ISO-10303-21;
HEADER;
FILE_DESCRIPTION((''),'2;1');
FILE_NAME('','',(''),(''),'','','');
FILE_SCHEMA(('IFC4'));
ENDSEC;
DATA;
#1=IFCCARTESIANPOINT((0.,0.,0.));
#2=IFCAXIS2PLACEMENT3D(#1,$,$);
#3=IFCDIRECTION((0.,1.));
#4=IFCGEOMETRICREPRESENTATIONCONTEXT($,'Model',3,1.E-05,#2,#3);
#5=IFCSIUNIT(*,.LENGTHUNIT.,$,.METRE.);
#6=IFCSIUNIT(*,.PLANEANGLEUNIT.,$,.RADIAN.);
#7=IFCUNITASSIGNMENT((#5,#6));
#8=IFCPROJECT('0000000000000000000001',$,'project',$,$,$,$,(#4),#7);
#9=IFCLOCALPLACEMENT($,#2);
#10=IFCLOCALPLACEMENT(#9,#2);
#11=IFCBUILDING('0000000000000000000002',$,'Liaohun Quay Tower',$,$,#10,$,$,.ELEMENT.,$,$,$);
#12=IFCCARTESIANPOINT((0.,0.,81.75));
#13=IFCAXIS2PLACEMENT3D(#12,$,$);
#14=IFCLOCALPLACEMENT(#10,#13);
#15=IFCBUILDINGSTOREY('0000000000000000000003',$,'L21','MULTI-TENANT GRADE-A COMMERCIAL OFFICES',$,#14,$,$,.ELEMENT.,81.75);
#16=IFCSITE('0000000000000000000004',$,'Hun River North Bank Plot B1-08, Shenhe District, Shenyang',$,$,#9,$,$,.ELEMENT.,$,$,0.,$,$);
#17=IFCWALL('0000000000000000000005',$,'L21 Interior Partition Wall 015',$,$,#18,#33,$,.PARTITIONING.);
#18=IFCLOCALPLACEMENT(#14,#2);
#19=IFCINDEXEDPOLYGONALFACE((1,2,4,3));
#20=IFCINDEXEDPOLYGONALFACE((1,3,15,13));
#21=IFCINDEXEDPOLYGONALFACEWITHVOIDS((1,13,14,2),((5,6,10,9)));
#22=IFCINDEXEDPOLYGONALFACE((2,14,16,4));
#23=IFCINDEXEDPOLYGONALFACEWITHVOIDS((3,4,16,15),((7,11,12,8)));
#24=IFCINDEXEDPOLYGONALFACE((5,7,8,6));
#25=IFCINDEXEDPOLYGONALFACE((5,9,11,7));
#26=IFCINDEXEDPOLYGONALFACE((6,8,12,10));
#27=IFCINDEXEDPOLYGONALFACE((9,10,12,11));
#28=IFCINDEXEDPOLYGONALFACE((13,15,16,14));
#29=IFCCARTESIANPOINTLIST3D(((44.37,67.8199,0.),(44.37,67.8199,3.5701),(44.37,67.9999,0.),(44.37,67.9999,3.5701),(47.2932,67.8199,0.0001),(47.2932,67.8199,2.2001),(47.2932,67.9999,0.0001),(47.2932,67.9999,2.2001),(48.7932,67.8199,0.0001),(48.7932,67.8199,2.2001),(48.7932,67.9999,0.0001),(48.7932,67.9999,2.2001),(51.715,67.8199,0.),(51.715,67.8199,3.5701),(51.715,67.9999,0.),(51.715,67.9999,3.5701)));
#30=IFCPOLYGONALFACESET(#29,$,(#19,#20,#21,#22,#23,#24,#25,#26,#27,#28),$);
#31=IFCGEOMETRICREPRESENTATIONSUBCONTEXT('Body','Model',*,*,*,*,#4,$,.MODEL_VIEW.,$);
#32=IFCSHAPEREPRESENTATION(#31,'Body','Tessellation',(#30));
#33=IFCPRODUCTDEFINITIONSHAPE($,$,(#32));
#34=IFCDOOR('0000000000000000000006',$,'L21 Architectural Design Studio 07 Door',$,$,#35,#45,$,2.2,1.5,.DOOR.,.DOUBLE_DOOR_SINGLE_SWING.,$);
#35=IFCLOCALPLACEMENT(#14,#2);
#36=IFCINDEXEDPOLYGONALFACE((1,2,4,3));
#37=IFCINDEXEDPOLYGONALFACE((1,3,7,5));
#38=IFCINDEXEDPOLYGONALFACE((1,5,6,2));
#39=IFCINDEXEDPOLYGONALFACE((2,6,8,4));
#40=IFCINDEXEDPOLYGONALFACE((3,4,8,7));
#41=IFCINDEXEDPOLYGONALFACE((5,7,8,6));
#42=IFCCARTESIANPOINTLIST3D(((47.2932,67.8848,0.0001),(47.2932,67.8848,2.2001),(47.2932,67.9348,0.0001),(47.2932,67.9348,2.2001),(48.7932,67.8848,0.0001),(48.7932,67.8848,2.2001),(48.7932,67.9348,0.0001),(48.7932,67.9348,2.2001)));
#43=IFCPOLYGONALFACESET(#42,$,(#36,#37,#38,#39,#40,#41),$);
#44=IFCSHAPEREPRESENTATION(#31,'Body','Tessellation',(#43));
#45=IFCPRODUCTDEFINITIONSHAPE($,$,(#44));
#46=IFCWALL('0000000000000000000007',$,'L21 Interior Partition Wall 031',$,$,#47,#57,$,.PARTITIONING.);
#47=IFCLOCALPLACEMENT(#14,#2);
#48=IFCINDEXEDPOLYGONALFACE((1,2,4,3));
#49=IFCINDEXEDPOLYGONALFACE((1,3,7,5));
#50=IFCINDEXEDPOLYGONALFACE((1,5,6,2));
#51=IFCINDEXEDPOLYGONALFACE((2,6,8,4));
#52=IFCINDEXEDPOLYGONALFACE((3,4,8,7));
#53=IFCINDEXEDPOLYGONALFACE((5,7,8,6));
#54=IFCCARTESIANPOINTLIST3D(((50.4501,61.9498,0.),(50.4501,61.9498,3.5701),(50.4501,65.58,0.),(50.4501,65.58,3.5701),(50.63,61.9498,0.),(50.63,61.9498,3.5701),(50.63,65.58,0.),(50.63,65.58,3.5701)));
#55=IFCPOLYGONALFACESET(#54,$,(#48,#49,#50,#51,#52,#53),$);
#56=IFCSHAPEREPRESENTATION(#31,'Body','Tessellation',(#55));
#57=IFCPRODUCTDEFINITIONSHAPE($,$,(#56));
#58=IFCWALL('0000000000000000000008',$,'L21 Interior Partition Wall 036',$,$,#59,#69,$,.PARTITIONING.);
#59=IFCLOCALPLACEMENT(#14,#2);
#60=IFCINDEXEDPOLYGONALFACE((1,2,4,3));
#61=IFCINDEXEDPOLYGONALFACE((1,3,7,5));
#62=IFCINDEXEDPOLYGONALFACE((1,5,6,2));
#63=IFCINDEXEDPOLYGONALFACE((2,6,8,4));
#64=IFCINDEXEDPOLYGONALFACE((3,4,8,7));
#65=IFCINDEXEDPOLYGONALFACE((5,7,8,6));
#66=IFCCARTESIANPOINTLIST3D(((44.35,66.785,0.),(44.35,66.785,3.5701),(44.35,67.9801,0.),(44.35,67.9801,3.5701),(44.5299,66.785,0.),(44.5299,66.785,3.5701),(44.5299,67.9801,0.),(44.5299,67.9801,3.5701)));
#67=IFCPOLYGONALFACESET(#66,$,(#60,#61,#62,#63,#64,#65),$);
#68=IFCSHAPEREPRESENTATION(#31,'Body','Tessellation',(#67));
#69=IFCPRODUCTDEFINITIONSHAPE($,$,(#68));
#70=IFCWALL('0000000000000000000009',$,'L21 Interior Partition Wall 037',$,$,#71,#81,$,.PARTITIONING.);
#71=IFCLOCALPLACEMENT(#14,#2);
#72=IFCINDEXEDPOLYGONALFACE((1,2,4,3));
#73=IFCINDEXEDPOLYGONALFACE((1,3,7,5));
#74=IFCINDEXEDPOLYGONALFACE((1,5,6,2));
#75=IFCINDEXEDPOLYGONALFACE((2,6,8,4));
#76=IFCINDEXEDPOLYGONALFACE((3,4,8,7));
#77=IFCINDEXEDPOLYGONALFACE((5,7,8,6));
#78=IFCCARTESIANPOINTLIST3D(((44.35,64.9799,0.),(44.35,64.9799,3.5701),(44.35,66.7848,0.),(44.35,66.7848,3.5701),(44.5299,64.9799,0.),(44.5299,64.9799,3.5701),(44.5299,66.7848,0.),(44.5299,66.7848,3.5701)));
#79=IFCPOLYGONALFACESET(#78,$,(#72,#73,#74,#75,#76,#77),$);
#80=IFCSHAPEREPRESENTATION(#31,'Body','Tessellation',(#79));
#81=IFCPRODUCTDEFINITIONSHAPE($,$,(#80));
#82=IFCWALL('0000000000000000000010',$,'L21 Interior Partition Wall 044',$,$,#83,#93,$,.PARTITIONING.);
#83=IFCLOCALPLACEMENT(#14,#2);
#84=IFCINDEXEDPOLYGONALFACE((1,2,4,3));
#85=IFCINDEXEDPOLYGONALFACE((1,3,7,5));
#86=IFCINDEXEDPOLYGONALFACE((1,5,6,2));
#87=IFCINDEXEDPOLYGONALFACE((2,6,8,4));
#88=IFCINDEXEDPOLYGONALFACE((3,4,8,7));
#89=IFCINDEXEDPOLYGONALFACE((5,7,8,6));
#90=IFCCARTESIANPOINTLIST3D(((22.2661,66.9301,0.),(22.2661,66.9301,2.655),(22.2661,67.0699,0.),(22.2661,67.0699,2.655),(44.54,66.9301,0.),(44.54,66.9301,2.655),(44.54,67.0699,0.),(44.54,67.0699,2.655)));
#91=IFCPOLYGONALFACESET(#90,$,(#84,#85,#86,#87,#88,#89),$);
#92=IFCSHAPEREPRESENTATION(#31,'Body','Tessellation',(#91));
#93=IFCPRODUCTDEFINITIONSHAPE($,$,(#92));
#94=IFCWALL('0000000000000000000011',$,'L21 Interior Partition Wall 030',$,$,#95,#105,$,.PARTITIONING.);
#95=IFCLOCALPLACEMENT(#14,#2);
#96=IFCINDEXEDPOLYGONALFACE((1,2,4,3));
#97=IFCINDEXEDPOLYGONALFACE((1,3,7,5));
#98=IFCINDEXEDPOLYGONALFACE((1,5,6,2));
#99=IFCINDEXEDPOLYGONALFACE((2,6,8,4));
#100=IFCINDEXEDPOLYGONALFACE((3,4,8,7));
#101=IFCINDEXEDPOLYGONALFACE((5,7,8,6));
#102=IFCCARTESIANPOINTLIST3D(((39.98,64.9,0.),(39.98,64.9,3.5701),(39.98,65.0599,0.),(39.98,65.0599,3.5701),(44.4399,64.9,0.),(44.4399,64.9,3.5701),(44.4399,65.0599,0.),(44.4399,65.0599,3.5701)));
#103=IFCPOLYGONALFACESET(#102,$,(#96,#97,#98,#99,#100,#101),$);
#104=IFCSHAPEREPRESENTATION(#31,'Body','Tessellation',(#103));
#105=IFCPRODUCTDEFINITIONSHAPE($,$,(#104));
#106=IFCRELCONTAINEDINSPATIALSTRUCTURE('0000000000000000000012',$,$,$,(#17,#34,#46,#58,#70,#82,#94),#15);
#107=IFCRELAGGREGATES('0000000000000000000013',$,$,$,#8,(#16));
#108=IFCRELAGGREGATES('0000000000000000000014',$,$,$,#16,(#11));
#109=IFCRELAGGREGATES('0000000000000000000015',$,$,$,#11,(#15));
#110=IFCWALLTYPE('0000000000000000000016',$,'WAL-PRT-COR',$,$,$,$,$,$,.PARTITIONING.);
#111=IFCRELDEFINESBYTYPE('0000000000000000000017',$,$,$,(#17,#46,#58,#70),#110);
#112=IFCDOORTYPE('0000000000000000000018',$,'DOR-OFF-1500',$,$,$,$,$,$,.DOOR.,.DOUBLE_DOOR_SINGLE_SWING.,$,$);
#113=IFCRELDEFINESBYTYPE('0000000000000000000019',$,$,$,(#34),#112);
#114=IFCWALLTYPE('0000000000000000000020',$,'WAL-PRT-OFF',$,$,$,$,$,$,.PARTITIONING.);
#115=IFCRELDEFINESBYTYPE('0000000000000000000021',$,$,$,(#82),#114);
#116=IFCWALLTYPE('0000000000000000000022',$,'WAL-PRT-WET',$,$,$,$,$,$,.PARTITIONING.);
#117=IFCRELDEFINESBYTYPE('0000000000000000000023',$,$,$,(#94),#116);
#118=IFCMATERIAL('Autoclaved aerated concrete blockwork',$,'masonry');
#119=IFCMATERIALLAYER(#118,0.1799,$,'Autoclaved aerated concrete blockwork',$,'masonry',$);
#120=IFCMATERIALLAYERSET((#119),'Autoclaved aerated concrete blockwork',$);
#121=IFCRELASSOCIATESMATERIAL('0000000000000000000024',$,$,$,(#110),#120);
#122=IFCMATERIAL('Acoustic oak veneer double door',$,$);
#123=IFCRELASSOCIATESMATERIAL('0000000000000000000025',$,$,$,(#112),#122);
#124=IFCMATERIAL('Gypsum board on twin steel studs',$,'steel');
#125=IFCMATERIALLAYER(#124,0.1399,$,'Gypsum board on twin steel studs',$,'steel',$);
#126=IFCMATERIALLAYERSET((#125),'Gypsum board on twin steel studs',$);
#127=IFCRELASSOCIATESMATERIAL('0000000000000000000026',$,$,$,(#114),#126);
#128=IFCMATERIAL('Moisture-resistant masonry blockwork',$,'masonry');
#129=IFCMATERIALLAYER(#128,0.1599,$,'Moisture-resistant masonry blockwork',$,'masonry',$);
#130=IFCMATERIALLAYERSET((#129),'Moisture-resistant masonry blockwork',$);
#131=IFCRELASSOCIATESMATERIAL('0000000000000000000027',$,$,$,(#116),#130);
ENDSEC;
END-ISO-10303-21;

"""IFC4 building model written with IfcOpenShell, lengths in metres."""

from ifc_helpers import new_model, si_unit, direction, frame, frame_2d, origin, place, context, subcontext, project, spatial, rectangle, extrude, source, transform, mapped, material, layer, layer_set, type_object, element, fill, save


model = new_model("IFC4")

# Units and contexts
model_context = context("Model", 3, precision=1e-05, world=origin(), true_north=direction((0.0, 1.0)))
body_context = subcontext(model_context, "Body", "Model", "MODEL_VIEW")
ifc_project = project(units=[si_unit("LENGTHUNIT", "METRE"), si_unit("PLANEANGLEUNIT", "RADIAN")], contexts=[model_context])

# Site, building, storey
site_placement = place(None, origin())
site = spatial("IfcSite", under=ifc_project, at=site_placement, Name="Hun River North Bank Plot B1-08, Shenhe District, Shenyang", CompositionType="ELEMENT", RefElevation=0.0)
building_placement = place(site_placement, origin())
building = spatial("IfcBuilding", under=site, at=building_placement, Name="Liaohun Quay Tower", CompositionType="ELEMENT")
storey_placement = place(building_placement, frame((0.0, 0.0, 81.75)))
storey = spatial("IfcBuildingStorey", under=building, at=storey_placement, Name="L21", Description="MULTI-TENANT GRADE-A COMMERCIAL OFFICES", CompositionType="ELEMENT", Elevation=81.75)

# Wall, opening, door
ifc_material_1 = material(Name="Autoclaved aerated concrete blockwork", Category="masonry")
ifc_layer_1 = layer(ifc_material_1, 0.1799, Name="Autoclaved aerated concrete blockwork", Category="masonry")
ifc_layer_set_1 = layer_set([ifc_layer_1], Name="Autoclaved aerated concrete blockwork")
wall_type_1 = type_object("IfcWallType", Name="WAL-PRT-COR", PredefinedType="PARTITIONING", material=ifc_layer_set_1)
wall_1_placement = place(storey_placement, frame((44.3701, 67.9099, 0.0), z_axis=(0.0, 0.0, 1.0), x_axis=(1.0, 0.0, 0.0)))
wall_1 = element("IfcWall", 1, at=wall_1_placement, inside=storey, type_object=wall_type_1, Name="L21 Interior Partition Wall 015", PredefinedType="PARTITIONING", context=body_context, shape_type="SweptSolid", body=[
    extrude(rectangle(XDim=7.345, YDim=0.1799, at=frame_2d((3.6724, 0.0))), origin(), (0.0, 0.0, 1.0), 3.5701),
])
shared_shape_1 = source(origin(), body_context, "Body", "SweptSolid", [
    extrude(rectangle(XDim=1.5, YDim=2.2, at=frame_2d((0.75, 1.1001))), frame((0.0, 0.0999, 0.0), z_axis=(0.0, -1.0, 0.0), x_axis=(1.0, 0.0, 0.0)), (0.0, 0.0, 1.0), 0.2),
])
opening_1_placement = place(wall_1_placement, frame((2.9231, 0.0, 0.0)))
opening_1 = element("IfcOpeningElement", 2, at=opening_1_placement, cuts=wall_1, PredefinedType="OPENING", context=body_context, shape_type="MappedRepresentation", body=[
    mapped(shared_shape_1, transform((0.0, 0.0, 0.0), x_axis=(1.0, 0.0, 0.0), y_axis=(0.0, 1.0, 0.0), z_axis=(0.0, 0.0, 1.0), scale=1.0)),
])
ifc_material_2 = material(Name="Acoustic oak veneer double door")
door_type_1 = type_object("IfcDoorType", Name="DOR-OFF-1500", OperationType="DOUBLE_DOOR_SINGLE_SWING", PredefinedType="DOOR", material=ifc_material_2)
shared_shape_2 = source(origin(), body_context, "Body", "SweptSolid", [
    extrude(rectangle(XDim=1.5, YDim=2.2, at=frame_2d((0.75, 1.1001))), frame((0.0, 0.0249, 0.0), z_axis=(0.0, -1.0, 0.0), x_axis=(1.0, 0.0, 0.0)), (0.0, 0.0, 1.0), 0.05),
])
door_1_placement = place(opening_1_placement, origin())
door_1 = element("IfcDoor", 3, at=door_1_placement, inside=storey, type_object=door_type_1, Name="L21 Architectural Design Studio 07 Door", OperationType="DOUBLE_DOOR_SINGLE_SWING", OverallHeight=2.2, OverallWidth=1.5, PredefinedType="DOOR", context=body_context, shape_type="MappedRepresentation", body=[
    mapped(shared_shape_2, transform((0.0, 0.0, 0.0), x_axis=(1.0, 0.0, 0.0), y_axis=(0.0, 1.0, 0.0), z_axis=(0.0, 0.0, 1.0), scale=1.0)),
])
fill(opening_1, door_1)

# Walls
wall_2_placement = place(storey_placement, frame((50.54, 61.95, 0.0), z_axis=(0.0, 0.0, 1.0), x_axis=(0.0, 1.0, 0.0)))
element("IfcWall", 4, at=wall_2_placement, inside=storey, type_object=wall_type_1, Name="L21 Interior Partition Wall 031", PredefinedType="PARTITIONING", context=body_context, shape_type="SweptSolid", body=[
    extrude(rectangle(XDim=3.6301, YDim=0.1799, at=frame_2d((1.8149, 0.0))), origin(), (0.0, 0.0, 1.0), 3.5701),
])
wall_3_placement = place(storey_placement, frame((44.4399, 66.7849, 0.0), z_axis=(0.0, 0.0, 1.0), x_axis=(0.0, 1.0, 0.0)))
element("IfcWall", 5, at=wall_3_placement, inside=storey, type_object=wall_type_1, Name="L21 Interior Partition Wall 036", PredefinedType="PARTITIONING", context=body_context, shape_type="SweptSolid", body=[
    extrude(rectangle(XDim=1.1951, YDim=0.1799, at=frame_2d((0.5977, 0.0))), origin(), (0.0, 0.0, 1.0), 3.5701),
])
wall_4_placement = place(storey_placement, frame((44.4399, 64.98, 0.0), z_axis=(0.0, 0.0, 1.0), x_axis=(0.0, 1.0, 0.0)))
element("IfcWall", 6, at=wall_4_placement, inside=storey, type_object=wall_type_1, Name="L21 Interior Partition Wall 037", PredefinedType="PARTITIONING", context=body_context, shape_type="SweptSolid", body=[
    extrude(rectangle(XDim=1.8049, YDim=0.1799, at=frame_2d((0.9023, 0.0))), origin(), (0.0, 0.0, 1.0), 3.5701),
])
ifc_material_3 = material(Name="Gypsum board on twin steel studs", Category="steel")
ifc_layer_2 = layer(ifc_material_3, 0.1399, Name="Gypsum board on twin steel studs", Category="steel")
ifc_layer_set_2 = layer_set([ifc_layer_2], Name="Gypsum board on twin steel studs")
wall_type_2 = type_object("IfcWallType", Name="WAL-PRT-OFF", PredefinedType="PARTITIONING", material=ifc_layer_set_2)
wall_5_placement = place(storey_placement, frame((44.54, 67.0, 0.0), z_axis=(0.0, 0.0, 1.0), x_axis=(-1.0, 0.0, 0.0)))
element("IfcWall", 7, at=wall_5_placement, inside=storey, type_object=wall_type_2, Name="L21 Interior Partition Wall 044", PredefinedType="PARTITIONING", context=body_context, shape_type="SweptSolid", body=[
    extrude(rectangle(XDim=22.2739, YDim=0.1399, at=frame_2d((11.137, 0.0))), origin(), (0.0, 0.0, 1.0), 2.655),
])

# Shared definitions
ifc_material_4 = material(Name="Moisture-resistant masonry blockwork", Category="masonry")
ifc_layer_3 = layer(ifc_material_4, 0.1599, Name="Moisture-resistant masonry blockwork", Category="masonry")
ifc_layer_set_3 = layer_set([ifc_layer_3], Name="Moisture-resistant masonry blockwork")
wall_type_3 = type_object("IfcWallType", Name="WAL-PRT-WET", PredefinedType="PARTITIONING", material=ifc_layer_set_3)

# Wall
wall_6_placement = place(storey_placement, frame((39.98, 64.98, 0.0), z_axis=(0.0, 0.0, 1.0), x_axis=(1.0, 0.0, 0.0)))
element("IfcWall", 8, at=wall_6_placement, inside=storey, type_object=wall_type_3, Name="L21 Interior Partition Wall 030", PredefinedType="PARTITIONING", context=body_context, shape_type="SweptSolid", body=[
    extrude(rectangle(XDim=4.46, YDim=0.1599, at=frame_2d((2.23, 0.0))), origin(), (0.0, 0.0, 1.0), 3.5701),
])

save(model, "model.ifc")
